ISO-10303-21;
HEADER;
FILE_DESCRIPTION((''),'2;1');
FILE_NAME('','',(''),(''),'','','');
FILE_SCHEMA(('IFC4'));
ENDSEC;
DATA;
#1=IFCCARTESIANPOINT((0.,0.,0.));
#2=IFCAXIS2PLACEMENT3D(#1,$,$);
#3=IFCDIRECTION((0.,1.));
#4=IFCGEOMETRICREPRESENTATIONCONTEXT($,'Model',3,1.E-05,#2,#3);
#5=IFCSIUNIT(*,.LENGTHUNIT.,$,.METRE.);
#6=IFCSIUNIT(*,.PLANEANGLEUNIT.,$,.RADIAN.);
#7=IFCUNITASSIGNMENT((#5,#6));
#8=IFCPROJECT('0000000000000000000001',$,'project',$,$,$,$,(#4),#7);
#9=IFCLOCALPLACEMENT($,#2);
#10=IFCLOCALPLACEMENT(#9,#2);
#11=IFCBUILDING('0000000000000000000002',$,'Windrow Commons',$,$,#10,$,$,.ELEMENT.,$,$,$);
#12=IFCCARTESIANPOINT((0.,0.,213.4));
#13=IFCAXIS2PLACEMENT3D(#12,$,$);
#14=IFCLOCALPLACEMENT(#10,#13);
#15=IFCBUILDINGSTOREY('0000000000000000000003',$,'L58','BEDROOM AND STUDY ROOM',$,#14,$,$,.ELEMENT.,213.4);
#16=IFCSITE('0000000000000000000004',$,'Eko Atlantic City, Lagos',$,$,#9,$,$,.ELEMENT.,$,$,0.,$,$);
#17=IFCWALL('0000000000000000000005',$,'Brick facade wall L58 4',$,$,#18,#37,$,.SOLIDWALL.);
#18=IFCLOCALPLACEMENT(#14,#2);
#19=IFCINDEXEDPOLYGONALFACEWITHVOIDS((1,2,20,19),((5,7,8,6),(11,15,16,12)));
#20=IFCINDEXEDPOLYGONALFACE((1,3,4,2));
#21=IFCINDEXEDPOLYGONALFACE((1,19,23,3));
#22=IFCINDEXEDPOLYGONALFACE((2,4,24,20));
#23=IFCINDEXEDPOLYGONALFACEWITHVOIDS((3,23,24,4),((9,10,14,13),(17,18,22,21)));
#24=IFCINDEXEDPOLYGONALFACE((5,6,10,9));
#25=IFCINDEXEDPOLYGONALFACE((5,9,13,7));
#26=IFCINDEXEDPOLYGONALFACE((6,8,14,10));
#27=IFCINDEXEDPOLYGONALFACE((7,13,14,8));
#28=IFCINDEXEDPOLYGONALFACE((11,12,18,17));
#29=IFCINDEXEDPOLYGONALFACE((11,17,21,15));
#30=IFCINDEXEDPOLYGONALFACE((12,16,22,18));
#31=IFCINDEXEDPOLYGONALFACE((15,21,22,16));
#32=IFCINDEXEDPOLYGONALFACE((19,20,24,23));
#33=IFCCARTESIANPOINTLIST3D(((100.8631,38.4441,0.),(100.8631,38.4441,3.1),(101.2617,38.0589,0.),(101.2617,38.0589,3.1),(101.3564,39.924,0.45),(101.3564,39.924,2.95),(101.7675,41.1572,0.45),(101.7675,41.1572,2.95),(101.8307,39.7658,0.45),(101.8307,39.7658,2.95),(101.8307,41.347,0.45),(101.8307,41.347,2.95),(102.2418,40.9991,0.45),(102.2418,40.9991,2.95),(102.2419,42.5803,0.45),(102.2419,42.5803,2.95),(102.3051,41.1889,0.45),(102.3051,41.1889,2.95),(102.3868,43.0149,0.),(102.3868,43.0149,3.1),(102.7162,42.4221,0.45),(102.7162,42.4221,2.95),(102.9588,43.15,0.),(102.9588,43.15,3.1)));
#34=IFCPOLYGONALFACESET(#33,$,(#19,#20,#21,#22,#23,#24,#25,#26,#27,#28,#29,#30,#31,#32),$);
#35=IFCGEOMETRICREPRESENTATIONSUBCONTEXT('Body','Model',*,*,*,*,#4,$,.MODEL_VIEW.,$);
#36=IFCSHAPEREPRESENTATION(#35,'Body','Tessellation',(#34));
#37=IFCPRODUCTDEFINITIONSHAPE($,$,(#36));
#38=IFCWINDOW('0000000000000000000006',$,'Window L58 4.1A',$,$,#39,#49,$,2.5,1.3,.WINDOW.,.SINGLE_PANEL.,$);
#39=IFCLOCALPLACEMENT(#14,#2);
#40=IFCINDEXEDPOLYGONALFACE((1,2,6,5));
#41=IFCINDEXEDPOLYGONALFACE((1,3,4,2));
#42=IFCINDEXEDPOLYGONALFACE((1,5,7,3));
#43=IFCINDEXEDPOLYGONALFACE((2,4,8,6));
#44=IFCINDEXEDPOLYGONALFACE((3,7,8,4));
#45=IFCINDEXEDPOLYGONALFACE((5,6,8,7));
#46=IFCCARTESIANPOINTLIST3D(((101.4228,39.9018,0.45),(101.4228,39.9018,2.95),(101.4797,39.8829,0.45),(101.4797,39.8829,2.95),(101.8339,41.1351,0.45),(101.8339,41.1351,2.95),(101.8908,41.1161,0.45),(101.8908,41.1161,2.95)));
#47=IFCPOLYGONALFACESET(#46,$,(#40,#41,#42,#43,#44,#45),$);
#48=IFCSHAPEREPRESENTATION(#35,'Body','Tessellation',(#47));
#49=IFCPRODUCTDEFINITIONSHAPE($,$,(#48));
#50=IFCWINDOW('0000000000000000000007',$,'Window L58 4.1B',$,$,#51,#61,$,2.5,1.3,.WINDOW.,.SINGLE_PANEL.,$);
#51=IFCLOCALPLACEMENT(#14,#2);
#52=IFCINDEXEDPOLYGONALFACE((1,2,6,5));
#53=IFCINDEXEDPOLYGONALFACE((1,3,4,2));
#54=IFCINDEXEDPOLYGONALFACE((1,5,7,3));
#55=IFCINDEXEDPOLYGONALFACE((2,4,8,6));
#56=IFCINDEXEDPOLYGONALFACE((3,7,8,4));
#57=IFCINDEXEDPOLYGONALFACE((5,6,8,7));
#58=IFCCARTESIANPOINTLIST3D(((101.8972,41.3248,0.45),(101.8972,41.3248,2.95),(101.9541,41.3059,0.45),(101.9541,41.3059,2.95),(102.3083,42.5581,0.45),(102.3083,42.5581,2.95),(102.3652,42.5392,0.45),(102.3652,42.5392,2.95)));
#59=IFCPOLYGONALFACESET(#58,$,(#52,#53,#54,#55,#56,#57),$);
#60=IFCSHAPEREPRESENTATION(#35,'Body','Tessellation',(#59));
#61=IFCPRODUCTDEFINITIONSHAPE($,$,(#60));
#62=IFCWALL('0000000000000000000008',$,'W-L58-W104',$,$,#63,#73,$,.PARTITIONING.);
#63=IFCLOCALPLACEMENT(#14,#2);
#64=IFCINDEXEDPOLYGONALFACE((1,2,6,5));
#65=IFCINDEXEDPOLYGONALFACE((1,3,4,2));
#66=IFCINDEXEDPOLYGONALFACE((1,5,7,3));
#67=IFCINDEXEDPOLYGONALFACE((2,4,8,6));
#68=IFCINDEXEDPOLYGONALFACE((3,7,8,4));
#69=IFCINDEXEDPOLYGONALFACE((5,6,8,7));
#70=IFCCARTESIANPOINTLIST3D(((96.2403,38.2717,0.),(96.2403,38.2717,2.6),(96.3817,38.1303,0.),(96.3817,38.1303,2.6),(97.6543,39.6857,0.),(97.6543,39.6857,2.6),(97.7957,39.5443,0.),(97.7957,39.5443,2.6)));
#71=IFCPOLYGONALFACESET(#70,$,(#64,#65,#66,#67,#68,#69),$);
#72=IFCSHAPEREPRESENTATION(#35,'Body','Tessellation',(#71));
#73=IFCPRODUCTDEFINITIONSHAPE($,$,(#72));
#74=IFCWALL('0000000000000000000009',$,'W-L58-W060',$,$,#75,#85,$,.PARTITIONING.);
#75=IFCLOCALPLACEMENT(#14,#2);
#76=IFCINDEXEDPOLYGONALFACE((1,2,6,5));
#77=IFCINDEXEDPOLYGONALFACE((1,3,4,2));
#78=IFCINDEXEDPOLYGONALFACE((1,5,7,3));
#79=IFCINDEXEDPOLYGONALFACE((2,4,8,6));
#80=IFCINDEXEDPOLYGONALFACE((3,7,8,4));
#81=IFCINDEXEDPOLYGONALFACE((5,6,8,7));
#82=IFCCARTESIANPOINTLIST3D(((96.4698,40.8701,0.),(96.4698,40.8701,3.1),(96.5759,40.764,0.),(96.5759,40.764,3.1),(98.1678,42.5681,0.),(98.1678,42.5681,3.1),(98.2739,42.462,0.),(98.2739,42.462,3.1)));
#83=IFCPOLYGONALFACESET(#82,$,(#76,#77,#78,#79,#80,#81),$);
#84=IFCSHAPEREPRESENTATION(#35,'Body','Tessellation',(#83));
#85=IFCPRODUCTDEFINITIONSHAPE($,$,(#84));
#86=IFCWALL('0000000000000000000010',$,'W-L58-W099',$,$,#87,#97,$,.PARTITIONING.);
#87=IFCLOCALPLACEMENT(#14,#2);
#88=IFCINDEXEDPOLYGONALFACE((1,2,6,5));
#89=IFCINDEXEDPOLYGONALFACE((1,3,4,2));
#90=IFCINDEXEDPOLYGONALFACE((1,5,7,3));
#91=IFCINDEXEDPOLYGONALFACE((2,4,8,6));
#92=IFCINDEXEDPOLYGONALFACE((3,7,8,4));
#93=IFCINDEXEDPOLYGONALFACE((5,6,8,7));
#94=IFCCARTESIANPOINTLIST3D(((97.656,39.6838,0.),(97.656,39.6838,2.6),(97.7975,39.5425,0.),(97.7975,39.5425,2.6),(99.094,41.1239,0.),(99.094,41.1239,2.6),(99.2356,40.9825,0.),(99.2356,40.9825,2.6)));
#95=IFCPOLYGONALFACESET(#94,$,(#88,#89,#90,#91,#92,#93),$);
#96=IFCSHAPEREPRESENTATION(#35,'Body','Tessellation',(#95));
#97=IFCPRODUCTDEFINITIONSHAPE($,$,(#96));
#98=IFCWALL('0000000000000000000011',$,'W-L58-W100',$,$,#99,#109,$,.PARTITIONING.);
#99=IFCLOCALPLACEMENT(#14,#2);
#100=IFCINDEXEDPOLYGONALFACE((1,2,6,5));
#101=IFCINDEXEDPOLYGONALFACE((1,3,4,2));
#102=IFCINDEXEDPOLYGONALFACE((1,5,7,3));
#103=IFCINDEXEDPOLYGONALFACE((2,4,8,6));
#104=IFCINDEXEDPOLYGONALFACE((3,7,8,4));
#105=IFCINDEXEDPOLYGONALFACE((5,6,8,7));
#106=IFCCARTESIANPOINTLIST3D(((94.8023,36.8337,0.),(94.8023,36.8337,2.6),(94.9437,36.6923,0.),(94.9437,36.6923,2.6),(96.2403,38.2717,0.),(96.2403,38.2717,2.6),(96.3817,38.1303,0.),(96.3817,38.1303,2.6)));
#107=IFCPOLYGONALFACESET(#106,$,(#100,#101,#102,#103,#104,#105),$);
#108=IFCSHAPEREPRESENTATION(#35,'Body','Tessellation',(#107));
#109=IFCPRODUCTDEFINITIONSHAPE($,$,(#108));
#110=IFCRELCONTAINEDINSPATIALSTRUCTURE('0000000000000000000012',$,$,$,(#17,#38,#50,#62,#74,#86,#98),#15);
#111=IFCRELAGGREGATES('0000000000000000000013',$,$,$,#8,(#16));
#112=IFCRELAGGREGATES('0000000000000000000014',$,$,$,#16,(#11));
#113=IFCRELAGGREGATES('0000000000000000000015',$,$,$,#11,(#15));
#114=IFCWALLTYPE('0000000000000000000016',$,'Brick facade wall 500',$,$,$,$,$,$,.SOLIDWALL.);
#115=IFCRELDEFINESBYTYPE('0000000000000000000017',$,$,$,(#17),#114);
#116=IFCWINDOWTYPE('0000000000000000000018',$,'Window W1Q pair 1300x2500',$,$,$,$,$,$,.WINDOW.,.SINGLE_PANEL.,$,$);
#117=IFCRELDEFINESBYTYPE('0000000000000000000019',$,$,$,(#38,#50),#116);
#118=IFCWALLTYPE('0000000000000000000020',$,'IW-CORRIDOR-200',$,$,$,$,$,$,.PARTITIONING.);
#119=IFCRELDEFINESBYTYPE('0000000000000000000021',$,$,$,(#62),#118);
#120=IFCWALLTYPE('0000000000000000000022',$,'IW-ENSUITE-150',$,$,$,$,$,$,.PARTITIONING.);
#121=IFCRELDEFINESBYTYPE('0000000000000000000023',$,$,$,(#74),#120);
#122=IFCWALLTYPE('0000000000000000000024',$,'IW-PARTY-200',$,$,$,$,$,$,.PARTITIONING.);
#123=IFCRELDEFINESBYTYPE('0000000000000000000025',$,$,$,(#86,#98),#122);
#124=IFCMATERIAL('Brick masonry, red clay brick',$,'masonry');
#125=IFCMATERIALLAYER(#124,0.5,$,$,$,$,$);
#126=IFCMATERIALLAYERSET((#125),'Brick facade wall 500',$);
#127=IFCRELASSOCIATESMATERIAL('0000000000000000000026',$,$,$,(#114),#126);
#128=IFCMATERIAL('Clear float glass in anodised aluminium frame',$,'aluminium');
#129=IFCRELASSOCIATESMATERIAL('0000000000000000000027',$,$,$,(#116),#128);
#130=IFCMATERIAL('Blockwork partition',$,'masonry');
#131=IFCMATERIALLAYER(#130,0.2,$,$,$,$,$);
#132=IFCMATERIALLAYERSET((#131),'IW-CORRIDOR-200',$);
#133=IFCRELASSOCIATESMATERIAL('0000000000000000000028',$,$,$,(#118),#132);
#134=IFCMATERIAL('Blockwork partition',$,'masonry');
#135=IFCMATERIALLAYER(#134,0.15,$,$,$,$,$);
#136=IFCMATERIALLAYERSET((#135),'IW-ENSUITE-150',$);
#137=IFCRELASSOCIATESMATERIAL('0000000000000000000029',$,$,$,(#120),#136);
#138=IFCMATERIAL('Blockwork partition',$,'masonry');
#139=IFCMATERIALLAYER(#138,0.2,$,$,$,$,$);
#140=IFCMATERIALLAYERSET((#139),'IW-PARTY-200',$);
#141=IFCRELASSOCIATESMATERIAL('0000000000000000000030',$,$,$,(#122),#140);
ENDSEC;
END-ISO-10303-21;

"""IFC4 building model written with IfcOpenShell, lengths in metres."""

from ifc_helpers import new_model, si_unit, direction, frame, frame_2d, origin, place, context, subcontext, project, spatial, polyline, rectangle, outline, extrude, material, layer, layer_set, type_object, element, fill, save


model = new_model("IFC4")

# Units and contexts
model_context = context("Model", 3, precision=1e-05, world=origin(), true_north=direction((0.0, 1.0)))
body_context = subcontext(model_context, "Body", "Model", "MODEL_VIEW")
ifc_project = project(units=[si_unit("LENGTHUNIT", "METRE"), si_unit("PLANEANGLEUNIT", "RADIAN")], contexts=[model_context])

# Site, building, storey
site_placement = place(None, origin())
site = spatial("IfcSite", under=ifc_project, at=site_placement, Name="Eko Atlantic City, Lagos", CompositionType="ELEMENT", RefElevation=0.0)
building_placement = place(site_placement, origin())
building = spatial("IfcBuilding", under=site, at=building_placement, Name="Windrow Commons", CompositionType="ELEMENT")
storey_placement = place(building_placement, frame((0.0, 0.0, 213.4)))
storey = spatial("IfcBuildingStorey", under=building, at=storey_placement, Name="L58", Description="BEDROOM AND STUDY ROOM", CompositionType="ELEMENT", Elevation=213.4)

# Wall, openings, windows
ifc_material_1 = material(Name="Brick masonry, red clay brick", Category="masonry")
ifc_layer_1 = layer(ifc_material_1, 0.5)
ifc_layer_set_1 = layer_set([ifc_layer_1], Name="Brick facade wall 500")
wall_type_1 = type_object("IfcWallType", Name="Brick facade wall 500", PredefinedType="SOLIDWALL", material=ifc_layer_set_1)
ifc_material_2 = material(Name="Clear float glass in anodised aluminium frame", Category="aluminium")
window_type = type_object("IfcWindowType", Name="Window W1Q pair 1300x2500", PartitioningType="SINGLE_PANEL", PredefinedType="WINDOW", material=ifc_material_2)
wall_1_placement = place(storey_placement, frame((101.0624, 38.2515, 0.0), z_axis=(0.0, 0.0, 1.0), x_axis=(0.31624, 0.948679, 0.0)))
wall_1 = element("IfcWall", 1, at=wall_1_placement, inside=storey, type_object=wall_type_1, Name="Brick facade wall L58 4", PredefinedType="SOLIDWALL", context=body_context, shape_type="SweptSolid", body=[
    extrude(outline(polyline([(-0.1197, -0.25), (5.2468, -0.25), (4.9378, 0.25), (0.1197, 0.25), (-0.1197, -0.25)])), origin(), (0.0, 0.0, 1.0), 3.1),
])
opening_1_placement = place(wall_1_placement, frame((1.6796, 0.0, 0.45)))
opening_1 = element("IfcOpeningElement", 2, at=opening_1_placement, cuts=wall_1, PredefinedType="OPENING", context=body_context, shape_type="SweptSolid", body=[
    extrude(rectangle(XDim=1.3, YDim=2.5, at=frame_2d((0.65, 1.25))), frame((0.0, 0.26, 0.0), z_axis=(0.0, -1.0, 0.0), x_axis=(1.0, 0.0, 0.0)), (0.0, 0.0, 1.0), 0.52),
])
opening_2_placement = place(wall_1_placement, frame((3.1796, 0.0, 0.45)))
opening_2 = element("IfcOpeningElement", 3, at=opening_2_placement, cuts=wall_1, PredefinedType="OPENING", context=body_context, shape_type="SweptSolid", body=[
    extrude(rectangle(XDim=1.3, YDim=2.5, at=frame_2d((0.65, 1.25))), frame((0.0, 0.26, 0.0), z_axis=(0.0, -1.0, 0.0), x_axis=(1.0, 0.0, 0.0)), (0.0, 0.0, 1.0), 0.52),
])
window_1_placement = place(opening_1_placement, origin())
window_1 = element("IfcWindow", 4, at=window_1_placement, inside=storey, type_object=window_type, Name="Window L58 4.1A", OverallHeight=2.5, OverallWidth=1.3, PartitioningType="SINGLE_PANEL", PredefinedType="WINDOW", context=body_context, shape_type="SweptSolid", body=[
    extrude(rectangle(XDim=1.3, YDim=2.5, at=frame_2d((0.65, 1.25))), frame((0.0, 0.18, 0.0), z_axis=(0.0, -1.0, 0.0), x_axis=(1.0, 0.0, 0.0)), (0.0, 0.0, 1.0), 0.06),
])
fill(opening_1, window_1)
window_2_placement = place(opening_2_placement, origin())
window_2 = element("IfcWindow", 5, at=window_2_placement, inside=storey, type_object=window_type, Name="Window L58 4.1B", OverallHeight=2.5, OverallWidth=1.3, PartitioningType="SINGLE_PANEL", PredefinedType="WINDOW", context=body_context, shape_type="SweptSolid", body=[
    extrude(rectangle(XDim=1.3, YDim=2.5, at=frame_2d((0.65, 1.25))), frame((0.0, 0.18, 0.0), z_axis=(0.0, -1.0, 0.0), x_axis=(1.0, 0.0, 0.0)), (0.0, 0.0, 1.0), 0.06),
])
fill(opening_2, window_2)

# Walls
ifc_material_3 = material(Name="Blockwork partition", Category="masonry")
ifc_layer_2 = layer(ifc_material_3, 0.2)
ifc_layer_set_2 = layer_set([ifc_layer_2], Name="IW-CORRIDOR-200")
wall_type_2 = type_object("IfcWallType", Name="IW-CORRIDOR-200", PredefinedType="PARTITIONING", material=ifc_layer_set_2)
wall_2_placement = place(storey_placement, frame((96.311, 38.201, 0.0), z_axis=(0.0, 0.0, 1.0), x_axis=(0.707107, 0.707107, 0.0)))
element("IfcWall", 6, at=wall_2_placement, inside=storey, type_object=wall_type_2, Name="W-L58-W104", PredefinedType="PARTITIONING", context=body_context, shape_type="SweptSolid", body=[
    extrude(rectangle(XDim=1.9997, YDim=0.2, at=frame_2d((0.9999, 0.0))), origin(), (0.0, 0.0, 1.0), 2.6),
])
ifc_material_4 = material(Name="Blockwork partition", Category="masonry")
ifc_layer_3 = layer(ifc_material_4, 0.15)
ifc_layer_set_3 = layer_set([ifc_layer_3], Name="IW-ENSUITE-150")
wall_type_3 = type_object("IfcWallType", Name="IW-ENSUITE-150", PredefinedType="PARTITIONING", material=ifc_layer_set_3)
wall_3_placement = place(storey_placement, frame((96.5229, 40.8171, 0.0), z_axis=(0.0, 0.0, 1.0), x_axis=(0.707107, 0.707107, 0.0)))
element("IfcWall", 7, at=wall_3_placement, inside=storey, type_object=wall_type_3, Name="W-L58-W060", PredefinedType="PARTITIONING", context=body_context, shape_type="SweptSolid", body=[
    extrude(rectangle(XDim=2.4013, YDim=0.15, at=frame_2d((1.2006, 0.0))), origin(), (0.0, 0.0, 1.0), 3.1),
])
ifc_material_5 = material(Name="Blockwork partition", Category="masonry")
ifc_layer_4 = layer(ifc_material_5, 0.2)
ifc_layer_set_4 = layer_set([ifc_layer_4], Name="IW-PARTY-200")
wall_type_4 = type_object("IfcWallType", Name="IW-PARTY-200", PredefinedType="PARTITIONING", material=ifc_layer_set_4)
wall_4_placement = place(storey_placement, frame((97.7268, 39.6132, 0.0), z_axis=(0.0, 0.0, 1.0), x_axis=(0.706615, 0.707598, 0.0)))
element("IfcWall", 8, at=wall_4_placement, inside=storey, type_object=wall_type_4, Name="W-L58-W099", PredefinedType="PARTITIONING", context=body_context, shape_type="SweptSolid", body=[
    extrude(rectangle(XDim=2.0351, YDim=0.2, at=frame_2d((1.0175, 0.0))), origin(), (0.0, 0.0, 1.0), 2.6),
])
wall_5_placement = place(storey_placement, frame((94.873, 36.763, 0.0), z_axis=(0.0, 0.0, 1.0), x_axis=(0.707107, 0.707107, 0.0)))
element("IfcWall", 9, at=wall_5_placement, inside=storey, type_object=wall_type_4, Name="W-L58-W100", PredefinedType="PARTITIONING", context=body_context, shape_type="SweptSolid", body=[
    extrude(rectangle(XDim=2.0336, YDim=0.2, at=frame_2d((1.0168, 0.0))), origin(), (0.0, 0.0, 1.0), 2.6),
])

save(model, "model.ifc")
